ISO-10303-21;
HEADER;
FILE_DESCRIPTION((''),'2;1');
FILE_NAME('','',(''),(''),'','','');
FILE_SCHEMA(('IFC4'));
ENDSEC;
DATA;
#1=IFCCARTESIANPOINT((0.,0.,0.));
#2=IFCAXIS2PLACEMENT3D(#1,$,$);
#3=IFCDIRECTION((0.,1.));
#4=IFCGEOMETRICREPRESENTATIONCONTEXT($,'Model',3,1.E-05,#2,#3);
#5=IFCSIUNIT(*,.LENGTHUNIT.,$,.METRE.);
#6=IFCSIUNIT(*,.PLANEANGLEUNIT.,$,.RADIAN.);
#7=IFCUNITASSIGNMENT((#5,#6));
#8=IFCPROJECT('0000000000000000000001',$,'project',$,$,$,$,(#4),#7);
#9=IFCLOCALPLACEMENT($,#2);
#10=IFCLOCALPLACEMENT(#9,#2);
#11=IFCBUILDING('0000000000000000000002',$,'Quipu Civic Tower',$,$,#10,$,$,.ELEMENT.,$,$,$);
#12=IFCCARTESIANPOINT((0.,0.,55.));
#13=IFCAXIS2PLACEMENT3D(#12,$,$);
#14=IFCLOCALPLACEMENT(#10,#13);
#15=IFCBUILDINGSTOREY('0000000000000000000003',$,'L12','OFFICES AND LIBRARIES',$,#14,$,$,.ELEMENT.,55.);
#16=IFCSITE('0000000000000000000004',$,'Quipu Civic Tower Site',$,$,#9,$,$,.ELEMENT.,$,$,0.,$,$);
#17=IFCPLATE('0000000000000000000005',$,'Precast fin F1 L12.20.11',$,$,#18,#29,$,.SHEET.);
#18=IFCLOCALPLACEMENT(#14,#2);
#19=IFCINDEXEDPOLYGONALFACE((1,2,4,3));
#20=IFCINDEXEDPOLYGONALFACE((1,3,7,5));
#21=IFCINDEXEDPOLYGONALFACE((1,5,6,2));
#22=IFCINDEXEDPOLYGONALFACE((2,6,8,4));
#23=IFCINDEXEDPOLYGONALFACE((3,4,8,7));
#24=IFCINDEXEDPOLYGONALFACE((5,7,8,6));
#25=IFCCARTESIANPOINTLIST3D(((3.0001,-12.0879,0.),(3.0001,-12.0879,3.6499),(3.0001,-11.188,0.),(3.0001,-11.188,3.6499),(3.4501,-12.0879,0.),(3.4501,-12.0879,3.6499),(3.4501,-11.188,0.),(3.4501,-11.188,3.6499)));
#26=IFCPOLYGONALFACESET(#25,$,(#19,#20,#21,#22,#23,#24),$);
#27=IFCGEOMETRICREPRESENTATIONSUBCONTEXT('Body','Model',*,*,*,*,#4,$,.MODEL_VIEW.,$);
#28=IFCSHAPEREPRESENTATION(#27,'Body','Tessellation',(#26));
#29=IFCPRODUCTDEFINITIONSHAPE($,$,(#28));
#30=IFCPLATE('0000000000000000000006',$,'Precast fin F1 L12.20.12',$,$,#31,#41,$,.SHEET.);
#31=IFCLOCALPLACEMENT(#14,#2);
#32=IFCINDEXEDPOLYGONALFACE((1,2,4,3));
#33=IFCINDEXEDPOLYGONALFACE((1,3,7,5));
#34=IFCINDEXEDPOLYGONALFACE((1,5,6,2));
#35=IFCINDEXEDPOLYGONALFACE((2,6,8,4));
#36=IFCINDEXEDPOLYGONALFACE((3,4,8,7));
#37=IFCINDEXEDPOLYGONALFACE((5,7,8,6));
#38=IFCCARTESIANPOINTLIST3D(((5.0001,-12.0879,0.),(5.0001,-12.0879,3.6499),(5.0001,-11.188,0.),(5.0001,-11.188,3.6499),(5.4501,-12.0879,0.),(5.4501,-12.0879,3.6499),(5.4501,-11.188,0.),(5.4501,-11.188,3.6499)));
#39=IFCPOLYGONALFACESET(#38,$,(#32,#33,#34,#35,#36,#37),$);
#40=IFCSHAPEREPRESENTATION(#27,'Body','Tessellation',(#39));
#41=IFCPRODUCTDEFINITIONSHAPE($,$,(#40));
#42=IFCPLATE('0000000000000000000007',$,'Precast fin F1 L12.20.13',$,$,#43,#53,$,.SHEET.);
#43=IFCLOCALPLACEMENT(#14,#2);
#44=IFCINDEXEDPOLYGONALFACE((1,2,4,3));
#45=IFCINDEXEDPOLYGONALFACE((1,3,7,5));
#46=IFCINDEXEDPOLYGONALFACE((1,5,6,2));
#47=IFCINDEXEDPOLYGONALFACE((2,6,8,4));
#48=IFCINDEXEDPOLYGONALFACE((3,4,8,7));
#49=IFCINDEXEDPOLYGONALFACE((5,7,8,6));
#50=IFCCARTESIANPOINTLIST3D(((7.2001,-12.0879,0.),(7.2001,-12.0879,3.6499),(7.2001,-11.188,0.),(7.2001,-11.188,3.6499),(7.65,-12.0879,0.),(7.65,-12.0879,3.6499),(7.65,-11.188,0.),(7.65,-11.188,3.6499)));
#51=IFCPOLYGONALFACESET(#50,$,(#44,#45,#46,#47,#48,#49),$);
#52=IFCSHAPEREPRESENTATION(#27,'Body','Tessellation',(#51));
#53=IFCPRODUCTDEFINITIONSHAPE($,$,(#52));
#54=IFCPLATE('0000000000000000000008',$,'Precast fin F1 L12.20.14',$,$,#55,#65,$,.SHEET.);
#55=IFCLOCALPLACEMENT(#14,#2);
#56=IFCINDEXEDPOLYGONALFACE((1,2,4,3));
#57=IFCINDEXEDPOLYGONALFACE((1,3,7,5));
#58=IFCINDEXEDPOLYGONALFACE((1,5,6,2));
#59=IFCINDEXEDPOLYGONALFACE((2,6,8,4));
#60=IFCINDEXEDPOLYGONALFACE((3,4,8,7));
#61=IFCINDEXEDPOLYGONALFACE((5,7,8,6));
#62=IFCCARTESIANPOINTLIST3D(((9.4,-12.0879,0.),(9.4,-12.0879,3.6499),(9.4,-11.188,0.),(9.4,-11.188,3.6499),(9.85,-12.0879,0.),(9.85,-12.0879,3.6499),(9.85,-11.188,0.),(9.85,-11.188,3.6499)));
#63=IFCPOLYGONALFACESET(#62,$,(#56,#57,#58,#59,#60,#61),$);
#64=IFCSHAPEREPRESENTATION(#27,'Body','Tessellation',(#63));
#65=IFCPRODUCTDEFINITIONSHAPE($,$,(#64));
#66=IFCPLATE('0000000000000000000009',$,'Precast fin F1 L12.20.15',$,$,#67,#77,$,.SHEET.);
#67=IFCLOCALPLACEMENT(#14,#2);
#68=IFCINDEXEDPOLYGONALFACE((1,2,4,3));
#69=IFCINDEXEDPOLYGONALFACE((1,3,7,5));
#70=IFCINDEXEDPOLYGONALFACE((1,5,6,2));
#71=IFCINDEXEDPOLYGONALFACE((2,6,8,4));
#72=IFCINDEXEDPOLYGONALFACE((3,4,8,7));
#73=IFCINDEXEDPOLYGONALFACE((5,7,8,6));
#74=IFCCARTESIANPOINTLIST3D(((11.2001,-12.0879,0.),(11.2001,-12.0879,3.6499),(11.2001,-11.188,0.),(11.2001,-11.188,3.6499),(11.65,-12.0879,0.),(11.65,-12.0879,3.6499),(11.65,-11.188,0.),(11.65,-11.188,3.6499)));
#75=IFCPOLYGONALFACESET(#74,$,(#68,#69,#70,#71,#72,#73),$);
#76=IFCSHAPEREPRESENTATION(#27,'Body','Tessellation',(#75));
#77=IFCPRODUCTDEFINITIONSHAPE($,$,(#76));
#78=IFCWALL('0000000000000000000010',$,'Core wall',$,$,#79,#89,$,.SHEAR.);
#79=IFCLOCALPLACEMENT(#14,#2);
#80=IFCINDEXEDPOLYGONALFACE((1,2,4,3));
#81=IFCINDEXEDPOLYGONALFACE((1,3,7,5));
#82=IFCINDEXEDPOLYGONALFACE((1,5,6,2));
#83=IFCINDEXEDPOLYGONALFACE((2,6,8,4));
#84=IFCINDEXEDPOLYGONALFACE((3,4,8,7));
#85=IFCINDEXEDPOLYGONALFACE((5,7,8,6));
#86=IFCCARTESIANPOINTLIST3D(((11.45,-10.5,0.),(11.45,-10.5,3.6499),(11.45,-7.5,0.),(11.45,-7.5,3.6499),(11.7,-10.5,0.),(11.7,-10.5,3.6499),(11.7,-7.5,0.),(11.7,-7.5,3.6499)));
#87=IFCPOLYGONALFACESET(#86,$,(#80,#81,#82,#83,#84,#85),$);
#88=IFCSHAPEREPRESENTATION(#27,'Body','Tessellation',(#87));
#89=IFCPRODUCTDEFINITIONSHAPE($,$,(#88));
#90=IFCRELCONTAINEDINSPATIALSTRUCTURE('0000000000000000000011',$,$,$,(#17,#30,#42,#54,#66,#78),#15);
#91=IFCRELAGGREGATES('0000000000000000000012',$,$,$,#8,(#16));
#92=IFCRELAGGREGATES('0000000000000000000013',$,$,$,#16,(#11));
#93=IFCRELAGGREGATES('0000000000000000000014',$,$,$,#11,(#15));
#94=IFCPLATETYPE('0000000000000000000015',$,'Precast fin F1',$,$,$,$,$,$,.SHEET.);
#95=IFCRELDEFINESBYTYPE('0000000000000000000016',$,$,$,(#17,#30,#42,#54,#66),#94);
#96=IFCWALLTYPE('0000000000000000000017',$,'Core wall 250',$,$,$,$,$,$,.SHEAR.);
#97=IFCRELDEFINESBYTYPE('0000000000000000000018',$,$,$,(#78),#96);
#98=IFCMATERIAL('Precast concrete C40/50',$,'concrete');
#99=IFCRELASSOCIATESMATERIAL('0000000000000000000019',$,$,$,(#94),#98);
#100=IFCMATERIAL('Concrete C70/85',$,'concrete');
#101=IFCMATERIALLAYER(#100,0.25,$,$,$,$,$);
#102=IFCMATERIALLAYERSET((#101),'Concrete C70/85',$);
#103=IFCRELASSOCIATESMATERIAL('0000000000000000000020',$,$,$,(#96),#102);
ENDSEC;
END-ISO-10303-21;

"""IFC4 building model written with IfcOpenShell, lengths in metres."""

from ifc_helpers import new_model, si_unit, direction, frame, frame_2d, origin, origin_2d, place, context, subcontext, project, spatial, rectangle, extrude, material, layer, layer_set, type_object, element, save


model = new_model("IFC4")

# Units and contexts
model_context = context("Model", 3, precision=1e-05, world=origin(), true_north=direction((0.0, 1.0)))
body_context = subcontext(model_context, "Body", "Model", "MODEL_VIEW")
ifc_project = project(units=[si_unit("LENGTHUNIT", "METRE"), si_unit("PLANEANGLEUNIT", "RADIAN")], contexts=[model_context])

# Site, building, storey
site_placement = place(None, origin())
site = spatial("IfcSite", under=ifc_project, at=site_placement, Name="Quipu Civic Tower Site", CompositionType="ELEMENT", RefElevation=0.0)
building_placement = place(site_placement, origin())
building = spatial("IfcBuilding", under=site, at=building_placement, Name="Quipu Civic Tower", CompositionType="ELEMENT")
storey_placement = place(building_placement, frame((0.0, 0.0, 55.0)))
storey = spatial("IfcBuildingStorey", under=building, at=storey_placement, Name="L12", Description="OFFICES AND LIBRARIES", CompositionType="ELEMENT", Elevation=55.0)

# Plates
ifc_material_1 = material(Name="Precast concrete C40/50", Category="concrete")
plate_type = type_object("IfcPlateType", Name="Precast fin F1", PredefinedType="SHEET", material=ifc_material_1)
for number, where, z_axis, x_axis, name in (
    (1, (3.2251, -11.6379, 0.0), (0.0, 0.0, 1.0), (1.0, 0.0, 0.0), "Precast fin F1 L12.20.11"),
    (2, (5.2251, -11.6379, 0.0), (0.0, 0.0, 1.0), (1.0, 0.0, 0.0), "Precast fin F1 L12.20.12"),
    (3, (7.425, -11.6379, 0.0), (0.0, 0.0, 1.0), (1.0, 0.0, 0.0), "Precast fin F1 L12.20.13"),
    (4, (9.625, -11.6379, 0.0), (0.0, 0.0, 1.0), (1.0, 0.0, 0.0), "Precast fin F1 L12.20.14"),
    (5, (11.425, -11.6379, 0.0), (0.0, 0.0, 1.0), (1.0, 0.0, 0.0), "Precast fin F1 L12.20.15"),
):
    element("IfcPlate", number, at=place(storey_placement, frame(where, z_axis=z_axis, x_axis=x_axis)), inside=storey, type_object=plate_type, Name=name, PredefinedType="SHEET", context=body_context, shape_type="SweptSolid", body=[
        extrude(rectangle(XDim=0.45, YDim=0.8999, at=origin_2d()), origin(), (0.0, 0.0, 1.0), 3.6499),
    ])

# Wall
ifc_material_2 = material(Name="Concrete C70/85", Category="concrete")
ifc_layer_1 = layer(ifc_material_2, 0.25)
ifc_layer_set_1 = layer_set([ifc_layer_1], Name="Concrete C70/85")
wall_type_1 = type_object("IfcWallType", Name="Core wall 250", PredefinedType="SHEAR", material=ifc_layer_set_1)
wall_1_placement = place(storey_placement, frame((11.575, -10.5, 0.0), z_axis=(0.0, 0.0, 1.0), x_axis=(0.0, 1.0, 0.0)))
element("IfcWall", 6, at=wall_1_placement, inside=storey, type_object=wall_type_1, Name="Core wall", PredefinedType="SHEAR", context=body_context, shape_type="SweptSolid", body=[
    extrude(rectangle(XDim=3.0, YDim=0.25, at=frame_2d((1.5, 0.0))), origin(), (0.0, 0.0, 1.0), 3.6499),
])

save(model, "model.ifc")
